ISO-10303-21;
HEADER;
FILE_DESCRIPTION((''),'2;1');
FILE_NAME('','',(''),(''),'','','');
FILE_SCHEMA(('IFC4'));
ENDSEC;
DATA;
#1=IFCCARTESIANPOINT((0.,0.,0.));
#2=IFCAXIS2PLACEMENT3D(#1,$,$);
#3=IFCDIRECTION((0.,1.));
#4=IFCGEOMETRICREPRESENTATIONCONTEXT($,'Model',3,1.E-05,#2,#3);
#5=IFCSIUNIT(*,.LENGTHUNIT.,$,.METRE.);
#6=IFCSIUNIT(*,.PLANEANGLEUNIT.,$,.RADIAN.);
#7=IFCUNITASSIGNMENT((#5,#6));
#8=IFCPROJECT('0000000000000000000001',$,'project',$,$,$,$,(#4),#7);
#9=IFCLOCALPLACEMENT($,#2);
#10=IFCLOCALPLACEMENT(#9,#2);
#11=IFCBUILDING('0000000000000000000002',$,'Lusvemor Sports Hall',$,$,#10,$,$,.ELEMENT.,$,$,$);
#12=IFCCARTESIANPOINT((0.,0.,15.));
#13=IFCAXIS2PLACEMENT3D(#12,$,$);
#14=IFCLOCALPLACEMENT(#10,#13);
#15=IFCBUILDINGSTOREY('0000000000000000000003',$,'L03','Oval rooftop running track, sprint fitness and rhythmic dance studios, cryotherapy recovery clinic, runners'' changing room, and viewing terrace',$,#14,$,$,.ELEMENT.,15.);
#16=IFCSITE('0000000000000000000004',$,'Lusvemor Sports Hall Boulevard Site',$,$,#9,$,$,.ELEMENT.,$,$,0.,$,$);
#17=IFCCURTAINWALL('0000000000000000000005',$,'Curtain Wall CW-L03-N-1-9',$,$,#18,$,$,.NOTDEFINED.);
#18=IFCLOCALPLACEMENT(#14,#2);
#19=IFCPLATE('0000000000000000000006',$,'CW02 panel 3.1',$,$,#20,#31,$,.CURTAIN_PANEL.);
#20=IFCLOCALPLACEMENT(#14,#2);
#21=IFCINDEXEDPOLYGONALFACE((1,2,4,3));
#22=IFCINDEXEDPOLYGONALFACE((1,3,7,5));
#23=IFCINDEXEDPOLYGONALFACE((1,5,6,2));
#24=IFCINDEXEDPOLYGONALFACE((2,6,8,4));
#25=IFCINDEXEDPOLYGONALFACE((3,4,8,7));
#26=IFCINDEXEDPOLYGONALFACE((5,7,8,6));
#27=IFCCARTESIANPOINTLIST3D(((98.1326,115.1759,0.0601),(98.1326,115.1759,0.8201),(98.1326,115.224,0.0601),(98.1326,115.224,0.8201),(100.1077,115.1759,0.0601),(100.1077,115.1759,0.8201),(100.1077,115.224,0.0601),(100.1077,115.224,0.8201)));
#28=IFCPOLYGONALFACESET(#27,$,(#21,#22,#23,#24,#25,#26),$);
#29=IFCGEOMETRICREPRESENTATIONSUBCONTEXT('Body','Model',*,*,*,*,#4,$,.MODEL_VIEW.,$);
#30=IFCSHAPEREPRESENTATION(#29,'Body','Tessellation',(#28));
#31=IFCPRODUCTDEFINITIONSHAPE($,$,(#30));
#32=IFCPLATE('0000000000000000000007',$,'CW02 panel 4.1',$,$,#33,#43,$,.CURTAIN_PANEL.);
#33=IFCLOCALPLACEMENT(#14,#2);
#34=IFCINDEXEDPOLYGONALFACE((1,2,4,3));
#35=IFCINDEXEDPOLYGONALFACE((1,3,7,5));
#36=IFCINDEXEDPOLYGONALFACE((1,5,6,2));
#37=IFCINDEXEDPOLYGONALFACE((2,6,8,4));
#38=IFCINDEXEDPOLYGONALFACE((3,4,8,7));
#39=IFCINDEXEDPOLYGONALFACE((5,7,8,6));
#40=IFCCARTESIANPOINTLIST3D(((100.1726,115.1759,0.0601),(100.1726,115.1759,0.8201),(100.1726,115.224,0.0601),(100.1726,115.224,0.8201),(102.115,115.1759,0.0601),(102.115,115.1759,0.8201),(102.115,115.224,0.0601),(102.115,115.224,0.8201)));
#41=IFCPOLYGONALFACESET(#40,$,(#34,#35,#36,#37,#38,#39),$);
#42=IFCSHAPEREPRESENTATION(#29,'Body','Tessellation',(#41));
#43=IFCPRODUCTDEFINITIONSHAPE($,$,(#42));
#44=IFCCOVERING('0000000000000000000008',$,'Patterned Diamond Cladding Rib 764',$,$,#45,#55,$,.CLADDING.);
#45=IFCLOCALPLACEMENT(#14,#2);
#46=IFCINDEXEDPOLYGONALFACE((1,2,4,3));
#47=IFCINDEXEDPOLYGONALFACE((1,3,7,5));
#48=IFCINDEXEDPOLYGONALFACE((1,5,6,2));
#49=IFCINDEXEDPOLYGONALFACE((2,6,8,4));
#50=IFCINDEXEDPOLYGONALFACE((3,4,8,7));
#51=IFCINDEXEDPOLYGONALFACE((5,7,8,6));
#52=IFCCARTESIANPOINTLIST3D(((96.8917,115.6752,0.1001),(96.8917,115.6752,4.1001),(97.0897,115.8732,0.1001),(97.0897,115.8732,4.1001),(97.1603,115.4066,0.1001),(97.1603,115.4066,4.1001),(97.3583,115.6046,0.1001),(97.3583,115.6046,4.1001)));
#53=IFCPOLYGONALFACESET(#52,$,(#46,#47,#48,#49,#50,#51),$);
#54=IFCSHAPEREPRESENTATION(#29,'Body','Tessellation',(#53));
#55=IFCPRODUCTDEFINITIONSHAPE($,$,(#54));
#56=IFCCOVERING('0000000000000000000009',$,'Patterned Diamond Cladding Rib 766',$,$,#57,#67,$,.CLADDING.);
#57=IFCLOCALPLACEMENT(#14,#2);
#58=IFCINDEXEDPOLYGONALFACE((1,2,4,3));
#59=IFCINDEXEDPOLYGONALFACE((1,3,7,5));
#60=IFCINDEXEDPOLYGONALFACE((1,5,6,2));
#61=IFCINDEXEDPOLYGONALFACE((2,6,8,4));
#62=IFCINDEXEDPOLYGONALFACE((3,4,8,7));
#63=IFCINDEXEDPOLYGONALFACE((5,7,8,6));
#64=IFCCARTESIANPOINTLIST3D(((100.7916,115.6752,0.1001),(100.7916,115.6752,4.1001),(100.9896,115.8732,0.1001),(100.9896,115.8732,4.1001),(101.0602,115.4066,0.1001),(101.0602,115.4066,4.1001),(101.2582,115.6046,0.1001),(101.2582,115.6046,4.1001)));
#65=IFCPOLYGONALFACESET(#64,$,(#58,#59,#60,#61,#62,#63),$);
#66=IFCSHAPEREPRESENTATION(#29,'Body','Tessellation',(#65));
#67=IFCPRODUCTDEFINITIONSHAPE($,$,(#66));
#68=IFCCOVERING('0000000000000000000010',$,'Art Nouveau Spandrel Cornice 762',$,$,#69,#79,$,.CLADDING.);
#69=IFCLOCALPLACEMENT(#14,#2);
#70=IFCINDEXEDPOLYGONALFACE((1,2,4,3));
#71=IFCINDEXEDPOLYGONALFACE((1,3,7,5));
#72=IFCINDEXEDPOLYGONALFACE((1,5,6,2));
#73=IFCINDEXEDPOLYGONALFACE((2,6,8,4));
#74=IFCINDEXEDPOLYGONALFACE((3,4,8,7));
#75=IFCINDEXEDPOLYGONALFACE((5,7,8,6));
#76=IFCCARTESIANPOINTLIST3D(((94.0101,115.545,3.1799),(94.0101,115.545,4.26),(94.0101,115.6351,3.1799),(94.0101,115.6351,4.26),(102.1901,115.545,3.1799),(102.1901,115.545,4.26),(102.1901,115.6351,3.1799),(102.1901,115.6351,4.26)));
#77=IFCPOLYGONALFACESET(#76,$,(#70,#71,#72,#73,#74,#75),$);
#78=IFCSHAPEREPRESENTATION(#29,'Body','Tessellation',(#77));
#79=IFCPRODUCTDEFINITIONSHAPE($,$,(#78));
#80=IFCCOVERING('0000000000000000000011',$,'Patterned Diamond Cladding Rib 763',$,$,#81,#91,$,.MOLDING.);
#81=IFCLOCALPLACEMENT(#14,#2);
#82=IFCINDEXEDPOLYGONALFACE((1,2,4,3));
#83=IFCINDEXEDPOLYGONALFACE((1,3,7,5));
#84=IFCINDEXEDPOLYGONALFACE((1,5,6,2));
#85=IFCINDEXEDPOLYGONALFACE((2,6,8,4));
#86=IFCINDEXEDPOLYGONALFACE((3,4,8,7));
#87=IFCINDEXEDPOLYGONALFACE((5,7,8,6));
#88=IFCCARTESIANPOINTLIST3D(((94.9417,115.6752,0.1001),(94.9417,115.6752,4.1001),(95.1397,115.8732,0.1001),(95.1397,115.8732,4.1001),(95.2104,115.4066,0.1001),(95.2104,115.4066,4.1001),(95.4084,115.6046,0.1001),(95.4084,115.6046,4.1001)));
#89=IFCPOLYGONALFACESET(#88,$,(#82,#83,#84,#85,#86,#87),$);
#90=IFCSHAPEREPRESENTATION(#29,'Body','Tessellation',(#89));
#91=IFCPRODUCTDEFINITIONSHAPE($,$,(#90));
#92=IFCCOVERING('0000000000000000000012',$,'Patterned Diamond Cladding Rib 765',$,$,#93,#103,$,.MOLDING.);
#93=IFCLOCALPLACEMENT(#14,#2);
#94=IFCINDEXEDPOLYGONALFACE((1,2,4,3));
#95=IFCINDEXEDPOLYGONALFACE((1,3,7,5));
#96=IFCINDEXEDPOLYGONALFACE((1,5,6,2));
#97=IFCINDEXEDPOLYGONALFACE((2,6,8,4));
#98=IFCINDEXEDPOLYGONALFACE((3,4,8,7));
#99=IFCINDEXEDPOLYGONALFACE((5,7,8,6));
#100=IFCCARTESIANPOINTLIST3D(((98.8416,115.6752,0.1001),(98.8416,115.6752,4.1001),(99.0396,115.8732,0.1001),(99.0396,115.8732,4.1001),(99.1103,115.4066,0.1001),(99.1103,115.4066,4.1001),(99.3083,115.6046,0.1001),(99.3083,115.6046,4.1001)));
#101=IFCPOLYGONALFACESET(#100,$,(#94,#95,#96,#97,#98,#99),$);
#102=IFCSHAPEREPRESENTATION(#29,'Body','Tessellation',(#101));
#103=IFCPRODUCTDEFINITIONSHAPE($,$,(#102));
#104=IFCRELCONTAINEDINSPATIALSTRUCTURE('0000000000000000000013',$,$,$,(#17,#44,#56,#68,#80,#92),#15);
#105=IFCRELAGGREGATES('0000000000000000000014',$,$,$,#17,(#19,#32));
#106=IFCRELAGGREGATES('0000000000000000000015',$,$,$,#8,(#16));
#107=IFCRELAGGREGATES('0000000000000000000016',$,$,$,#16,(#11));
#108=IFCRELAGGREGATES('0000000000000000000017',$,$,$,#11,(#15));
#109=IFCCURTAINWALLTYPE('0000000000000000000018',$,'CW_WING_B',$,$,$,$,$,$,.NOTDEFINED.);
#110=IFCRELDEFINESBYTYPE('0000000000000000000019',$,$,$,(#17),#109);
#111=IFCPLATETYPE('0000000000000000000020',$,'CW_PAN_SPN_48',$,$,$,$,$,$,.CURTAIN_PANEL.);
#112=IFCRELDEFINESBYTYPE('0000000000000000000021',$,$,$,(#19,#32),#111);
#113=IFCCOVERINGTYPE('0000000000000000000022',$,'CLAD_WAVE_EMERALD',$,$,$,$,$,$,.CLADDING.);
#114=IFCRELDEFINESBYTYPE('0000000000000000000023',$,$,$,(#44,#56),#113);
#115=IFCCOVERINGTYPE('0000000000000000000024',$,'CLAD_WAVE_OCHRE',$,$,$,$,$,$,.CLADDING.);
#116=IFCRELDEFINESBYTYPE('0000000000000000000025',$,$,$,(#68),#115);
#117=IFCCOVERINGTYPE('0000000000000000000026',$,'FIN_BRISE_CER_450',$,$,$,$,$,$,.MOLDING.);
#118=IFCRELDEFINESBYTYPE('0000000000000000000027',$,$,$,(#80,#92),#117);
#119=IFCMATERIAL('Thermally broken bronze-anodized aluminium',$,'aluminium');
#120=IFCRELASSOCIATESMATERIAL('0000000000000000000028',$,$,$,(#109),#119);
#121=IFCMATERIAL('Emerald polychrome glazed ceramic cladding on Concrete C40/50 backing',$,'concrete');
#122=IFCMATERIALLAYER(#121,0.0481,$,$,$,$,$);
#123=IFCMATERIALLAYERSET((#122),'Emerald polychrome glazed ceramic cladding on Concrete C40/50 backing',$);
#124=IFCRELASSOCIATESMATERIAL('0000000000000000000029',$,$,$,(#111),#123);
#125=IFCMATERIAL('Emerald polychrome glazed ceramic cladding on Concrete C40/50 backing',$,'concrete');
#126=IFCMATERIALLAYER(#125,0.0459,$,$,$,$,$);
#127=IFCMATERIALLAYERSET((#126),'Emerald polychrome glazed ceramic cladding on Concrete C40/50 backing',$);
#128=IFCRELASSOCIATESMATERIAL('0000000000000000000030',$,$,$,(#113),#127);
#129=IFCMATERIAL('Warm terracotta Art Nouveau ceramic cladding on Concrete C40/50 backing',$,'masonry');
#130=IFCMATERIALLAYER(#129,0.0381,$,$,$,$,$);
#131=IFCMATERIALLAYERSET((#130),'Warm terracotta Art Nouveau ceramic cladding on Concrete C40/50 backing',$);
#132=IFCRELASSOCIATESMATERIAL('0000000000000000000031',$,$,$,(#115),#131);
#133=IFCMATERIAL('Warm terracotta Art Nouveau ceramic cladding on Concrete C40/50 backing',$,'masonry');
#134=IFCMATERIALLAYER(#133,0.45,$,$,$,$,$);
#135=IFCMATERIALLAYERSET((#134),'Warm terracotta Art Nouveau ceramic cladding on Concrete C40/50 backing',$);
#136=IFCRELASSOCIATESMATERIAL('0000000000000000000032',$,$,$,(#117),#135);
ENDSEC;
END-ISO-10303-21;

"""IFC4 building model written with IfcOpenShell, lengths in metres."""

from ifc_helpers import new_model, si_unit, direction, frame, origin, origin_2d, place, context, subcontext, project, spatial, rectangle, extrude, material, layer, layer_set, type_object, element, aggregate, save


model = new_model("IFC4")

# Units and contexts
model_context = context("Model", 3, precision=1e-05, world=origin(), true_north=direction((0.0, 1.0)))
body_context = subcontext(model_context, "Body", "Model", "MODEL_VIEW")
ifc_project = project(units=[si_unit("LENGTHUNIT", "METRE"), si_unit("PLANEANGLEUNIT", "RADIAN")], contexts=[model_context])

# Site, building, storey
site_placement = place(None, origin())
site = spatial("IfcSite", under=ifc_project, at=site_placement, Name="Lusvemor Sports Hall Boulevard Site", CompositionType="ELEMENT", RefElevation=0.0)
building_placement = place(site_placement, origin())
building = spatial("IfcBuilding", under=site, at=building_placement, Name="Lusvemor Sports Hall", CompositionType="ELEMENT")
storey_placement = place(building_placement, frame((0.0, 0.0, 15.0)))
storey = spatial("IfcBuildingStorey", under=building, at=storey_placement, Name="L03", Description="Oval rooftop running track, sprint fitness and rhythmic dance studios, cryotherapy recovery clinic, runners' changing room, and viewing terrace", CompositionType="ELEMENT", Elevation=15.0)

# Curtain wall
ifc_material_1 = material(Name="Thermally broken bronze-anodized aluminium", Category="aluminium")
curtain_wall_type = type_object("IfcCurtainWallType", Name="CW_WING_B", PredefinedType="NOTDEFINED", material=ifc_material_1)
curtain_wall_placement = place(storey_placement, origin())
curtain_wall = element("IfcCurtainWall", 1, at=curtain_wall_placement, inside=storey, type_object=curtain_wall_type, Name="Curtain Wall CW-L03-N-1-9", PredefinedType="NOTDEFINED")

# Plates
ifc_material_2 = material(Name="Emerald polychrome glazed ceramic cladding on Concrete C40/50 backing", Category="concrete")
ifc_layer_1 = layer(ifc_material_2, 0.0481)
ifc_layer_set_1 = layer_set([ifc_layer_1], Name="Emerald polychrome glazed ceramic cladding on Concrete C40/50 backing")
plate_type_1 = type_object("IfcPlateType", Name="CW_PAN_SPN_48", PredefinedType="CURTAIN_PANEL", material=ifc_layer_set_1)
plate_1_placement = place(storey_placement, frame((99.1201, 115.2, 0.0601), z_axis=(0.0, 0.0, 1.0), x_axis=(1.0, 0.0, 0.0)))
plate_1 = element("IfcPlate", 2, at=plate_1_placement, type_object=plate_type_1, Name="CW02 panel 3.1", PredefinedType="CURTAIN_PANEL", context=body_context, shape_type="SweptSolid", body=[
    extrude(rectangle(XDim=1.9751, YDim=0.0481, at=origin_2d()), origin(), (0.0, 0.0, 1.0), 0.76),
])
plate_2_placement = place(storey_placement, frame((101.1438, 115.2, 0.0601), z_axis=(0.0, 0.0, 1.0), x_axis=(1.0, 0.0, 0.0)))
plate_2 = element("IfcPlate", 3, at=plate_2_placement, type_object=plate_type_1, Name="CW02 panel 4.1", PredefinedType="CURTAIN_PANEL", context=body_context, shape_type="SweptSolid", body=[
    extrude(rectangle(XDim=1.9424, YDim=0.0481, at=origin_2d()), origin(), (0.0, 0.0, 1.0), 0.76),
])
aggregate(curtain_wall, [plate_1, plate_2])

# Coverings
ifc_material_3 = material(Name="Emerald polychrome glazed ceramic cladding on Concrete C40/50 backing", Category="concrete")
ifc_layer_2 = layer(ifc_material_3, 0.0459)
ifc_layer_set_2 = layer_set([ifc_layer_2], Name="Emerald polychrome glazed ceramic cladding on Concrete C40/50 backing")
covering_type_1 = type_object("IfcCoveringType", Name="CLAD_WAVE_EMERALD", PredefinedType="CLADDING", material=ifc_layer_set_2)
for number, where, z_axis, x_axis, name in (
    (4, (97.125, 115.6399, 0.1001), (0.0, 0.0, 1.0), (0.707107, 0.707107, 0.0), "Patterned Diamond Cladding Rib 764"),
    (5, (101.0249, 115.6399, 0.1001), (0.0, 0.0, 1.0), (0.707107, 0.707107, 0.0), "Patterned Diamond Cladding Rib 766"),
):
    element("IfcCovering", number, at=place(storey_placement, frame(where, z_axis=z_axis, x_axis=x_axis)), inside=storey, type_object=covering_type_1, Name=name, PredefinedType="CLADDING", context=body_context, shape_type="SweptSolid", body=[
        extrude(rectangle(XDim=0.28, YDim=0.3799, at=origin_2d()), origin(), (0.0, 0.0, 1.0), 4.0),
    ])
ifc_material_4 = material(Name="Warm terracotta Art Nouveau ceramic cladding on Concrete C40/50 backing", Category="masonry")
ifc_layer_3 = layer(ifc_material_4, 0.0381)
ifc_layer_set_3 = layer_set([ifc_layer_3], Name="Warm terracotta Art Nouveau ceramic cladding on Concrete C40/50 backing")
covering_type_2 = type_object("IfcCoveringType", Name="CLAD_WAVE_OCHRE", PredefinedType="CLADDING", material=ifc_layer_set_3)
covering_placement = place(storey_placement, frame((98.1001, 115.5901, 3.1799), z_axis=(0.0, 0.0, 1.0), x_axis=(1.0, 0.0, 0.0)))
element("IfcCovering", 6, at=covering_placement, inside=storey, type_object=covering_type_2, Name="Art Nouveau Spandrel Cornice 762", PredefinedType="CLADDING", context=body_context, shape_type="SweptSolid", body=[
    extrude(rectangle(XDim=8.1799, YDim=0.0901, at=origin_2d()), origin(), (0.0, 0.0, 1.0), 1.0801),
])
ifc_material_5 = material(Name="Warm terracotta Art Nouveau ceramic cladding on Concrete C40/50 backing", Category="masonry")
ifc_layer_4 = layer(ifc_material_5, 0.45)
ifc_layer_set_4 = layer_set([ifc_layer_4], Name="Warm terracotta Art Nouveau ceramic cladding on Concrete C40/50 backing")
covering_type_3 = type_object("IfcCoveringType", Name="FIN_BRISE_CER_450", PredefinedType="MOLDING", material=ifc_layer_set_4)
for number, where, z_axis, x_axis, name in (
    (7, (95.175, 115.6399, 0.1001), (0.0, 0.0, 1.0), (0.707107, 0.707107, 0.0), "Patterned Diamond Cladding Rib 763"),
    (8, (99.075, 115.6399, 0.1001), (0.0, 0.0, 1.0), (0.707107, 0.707107, 0.0), "Patterned Diamond Cladding Rib 765"),
):
    element("IfcCovering", number, at=place(storey_placement, frame(where, z_axis=z_axis, x_axis=x_axis)), inside=storey, type_object=covering_type_3, Name=name, PredefinedType="MOLDING", context=body_context, shape_type="SweptSolid", body=[
        extrude(rectangle(XDim=0.28, YDim=0.3799, at=origin_2d()), origin(), (0.0, 0.0, 1.0), 4.0),
    ])

save(model, "model.ifc")
